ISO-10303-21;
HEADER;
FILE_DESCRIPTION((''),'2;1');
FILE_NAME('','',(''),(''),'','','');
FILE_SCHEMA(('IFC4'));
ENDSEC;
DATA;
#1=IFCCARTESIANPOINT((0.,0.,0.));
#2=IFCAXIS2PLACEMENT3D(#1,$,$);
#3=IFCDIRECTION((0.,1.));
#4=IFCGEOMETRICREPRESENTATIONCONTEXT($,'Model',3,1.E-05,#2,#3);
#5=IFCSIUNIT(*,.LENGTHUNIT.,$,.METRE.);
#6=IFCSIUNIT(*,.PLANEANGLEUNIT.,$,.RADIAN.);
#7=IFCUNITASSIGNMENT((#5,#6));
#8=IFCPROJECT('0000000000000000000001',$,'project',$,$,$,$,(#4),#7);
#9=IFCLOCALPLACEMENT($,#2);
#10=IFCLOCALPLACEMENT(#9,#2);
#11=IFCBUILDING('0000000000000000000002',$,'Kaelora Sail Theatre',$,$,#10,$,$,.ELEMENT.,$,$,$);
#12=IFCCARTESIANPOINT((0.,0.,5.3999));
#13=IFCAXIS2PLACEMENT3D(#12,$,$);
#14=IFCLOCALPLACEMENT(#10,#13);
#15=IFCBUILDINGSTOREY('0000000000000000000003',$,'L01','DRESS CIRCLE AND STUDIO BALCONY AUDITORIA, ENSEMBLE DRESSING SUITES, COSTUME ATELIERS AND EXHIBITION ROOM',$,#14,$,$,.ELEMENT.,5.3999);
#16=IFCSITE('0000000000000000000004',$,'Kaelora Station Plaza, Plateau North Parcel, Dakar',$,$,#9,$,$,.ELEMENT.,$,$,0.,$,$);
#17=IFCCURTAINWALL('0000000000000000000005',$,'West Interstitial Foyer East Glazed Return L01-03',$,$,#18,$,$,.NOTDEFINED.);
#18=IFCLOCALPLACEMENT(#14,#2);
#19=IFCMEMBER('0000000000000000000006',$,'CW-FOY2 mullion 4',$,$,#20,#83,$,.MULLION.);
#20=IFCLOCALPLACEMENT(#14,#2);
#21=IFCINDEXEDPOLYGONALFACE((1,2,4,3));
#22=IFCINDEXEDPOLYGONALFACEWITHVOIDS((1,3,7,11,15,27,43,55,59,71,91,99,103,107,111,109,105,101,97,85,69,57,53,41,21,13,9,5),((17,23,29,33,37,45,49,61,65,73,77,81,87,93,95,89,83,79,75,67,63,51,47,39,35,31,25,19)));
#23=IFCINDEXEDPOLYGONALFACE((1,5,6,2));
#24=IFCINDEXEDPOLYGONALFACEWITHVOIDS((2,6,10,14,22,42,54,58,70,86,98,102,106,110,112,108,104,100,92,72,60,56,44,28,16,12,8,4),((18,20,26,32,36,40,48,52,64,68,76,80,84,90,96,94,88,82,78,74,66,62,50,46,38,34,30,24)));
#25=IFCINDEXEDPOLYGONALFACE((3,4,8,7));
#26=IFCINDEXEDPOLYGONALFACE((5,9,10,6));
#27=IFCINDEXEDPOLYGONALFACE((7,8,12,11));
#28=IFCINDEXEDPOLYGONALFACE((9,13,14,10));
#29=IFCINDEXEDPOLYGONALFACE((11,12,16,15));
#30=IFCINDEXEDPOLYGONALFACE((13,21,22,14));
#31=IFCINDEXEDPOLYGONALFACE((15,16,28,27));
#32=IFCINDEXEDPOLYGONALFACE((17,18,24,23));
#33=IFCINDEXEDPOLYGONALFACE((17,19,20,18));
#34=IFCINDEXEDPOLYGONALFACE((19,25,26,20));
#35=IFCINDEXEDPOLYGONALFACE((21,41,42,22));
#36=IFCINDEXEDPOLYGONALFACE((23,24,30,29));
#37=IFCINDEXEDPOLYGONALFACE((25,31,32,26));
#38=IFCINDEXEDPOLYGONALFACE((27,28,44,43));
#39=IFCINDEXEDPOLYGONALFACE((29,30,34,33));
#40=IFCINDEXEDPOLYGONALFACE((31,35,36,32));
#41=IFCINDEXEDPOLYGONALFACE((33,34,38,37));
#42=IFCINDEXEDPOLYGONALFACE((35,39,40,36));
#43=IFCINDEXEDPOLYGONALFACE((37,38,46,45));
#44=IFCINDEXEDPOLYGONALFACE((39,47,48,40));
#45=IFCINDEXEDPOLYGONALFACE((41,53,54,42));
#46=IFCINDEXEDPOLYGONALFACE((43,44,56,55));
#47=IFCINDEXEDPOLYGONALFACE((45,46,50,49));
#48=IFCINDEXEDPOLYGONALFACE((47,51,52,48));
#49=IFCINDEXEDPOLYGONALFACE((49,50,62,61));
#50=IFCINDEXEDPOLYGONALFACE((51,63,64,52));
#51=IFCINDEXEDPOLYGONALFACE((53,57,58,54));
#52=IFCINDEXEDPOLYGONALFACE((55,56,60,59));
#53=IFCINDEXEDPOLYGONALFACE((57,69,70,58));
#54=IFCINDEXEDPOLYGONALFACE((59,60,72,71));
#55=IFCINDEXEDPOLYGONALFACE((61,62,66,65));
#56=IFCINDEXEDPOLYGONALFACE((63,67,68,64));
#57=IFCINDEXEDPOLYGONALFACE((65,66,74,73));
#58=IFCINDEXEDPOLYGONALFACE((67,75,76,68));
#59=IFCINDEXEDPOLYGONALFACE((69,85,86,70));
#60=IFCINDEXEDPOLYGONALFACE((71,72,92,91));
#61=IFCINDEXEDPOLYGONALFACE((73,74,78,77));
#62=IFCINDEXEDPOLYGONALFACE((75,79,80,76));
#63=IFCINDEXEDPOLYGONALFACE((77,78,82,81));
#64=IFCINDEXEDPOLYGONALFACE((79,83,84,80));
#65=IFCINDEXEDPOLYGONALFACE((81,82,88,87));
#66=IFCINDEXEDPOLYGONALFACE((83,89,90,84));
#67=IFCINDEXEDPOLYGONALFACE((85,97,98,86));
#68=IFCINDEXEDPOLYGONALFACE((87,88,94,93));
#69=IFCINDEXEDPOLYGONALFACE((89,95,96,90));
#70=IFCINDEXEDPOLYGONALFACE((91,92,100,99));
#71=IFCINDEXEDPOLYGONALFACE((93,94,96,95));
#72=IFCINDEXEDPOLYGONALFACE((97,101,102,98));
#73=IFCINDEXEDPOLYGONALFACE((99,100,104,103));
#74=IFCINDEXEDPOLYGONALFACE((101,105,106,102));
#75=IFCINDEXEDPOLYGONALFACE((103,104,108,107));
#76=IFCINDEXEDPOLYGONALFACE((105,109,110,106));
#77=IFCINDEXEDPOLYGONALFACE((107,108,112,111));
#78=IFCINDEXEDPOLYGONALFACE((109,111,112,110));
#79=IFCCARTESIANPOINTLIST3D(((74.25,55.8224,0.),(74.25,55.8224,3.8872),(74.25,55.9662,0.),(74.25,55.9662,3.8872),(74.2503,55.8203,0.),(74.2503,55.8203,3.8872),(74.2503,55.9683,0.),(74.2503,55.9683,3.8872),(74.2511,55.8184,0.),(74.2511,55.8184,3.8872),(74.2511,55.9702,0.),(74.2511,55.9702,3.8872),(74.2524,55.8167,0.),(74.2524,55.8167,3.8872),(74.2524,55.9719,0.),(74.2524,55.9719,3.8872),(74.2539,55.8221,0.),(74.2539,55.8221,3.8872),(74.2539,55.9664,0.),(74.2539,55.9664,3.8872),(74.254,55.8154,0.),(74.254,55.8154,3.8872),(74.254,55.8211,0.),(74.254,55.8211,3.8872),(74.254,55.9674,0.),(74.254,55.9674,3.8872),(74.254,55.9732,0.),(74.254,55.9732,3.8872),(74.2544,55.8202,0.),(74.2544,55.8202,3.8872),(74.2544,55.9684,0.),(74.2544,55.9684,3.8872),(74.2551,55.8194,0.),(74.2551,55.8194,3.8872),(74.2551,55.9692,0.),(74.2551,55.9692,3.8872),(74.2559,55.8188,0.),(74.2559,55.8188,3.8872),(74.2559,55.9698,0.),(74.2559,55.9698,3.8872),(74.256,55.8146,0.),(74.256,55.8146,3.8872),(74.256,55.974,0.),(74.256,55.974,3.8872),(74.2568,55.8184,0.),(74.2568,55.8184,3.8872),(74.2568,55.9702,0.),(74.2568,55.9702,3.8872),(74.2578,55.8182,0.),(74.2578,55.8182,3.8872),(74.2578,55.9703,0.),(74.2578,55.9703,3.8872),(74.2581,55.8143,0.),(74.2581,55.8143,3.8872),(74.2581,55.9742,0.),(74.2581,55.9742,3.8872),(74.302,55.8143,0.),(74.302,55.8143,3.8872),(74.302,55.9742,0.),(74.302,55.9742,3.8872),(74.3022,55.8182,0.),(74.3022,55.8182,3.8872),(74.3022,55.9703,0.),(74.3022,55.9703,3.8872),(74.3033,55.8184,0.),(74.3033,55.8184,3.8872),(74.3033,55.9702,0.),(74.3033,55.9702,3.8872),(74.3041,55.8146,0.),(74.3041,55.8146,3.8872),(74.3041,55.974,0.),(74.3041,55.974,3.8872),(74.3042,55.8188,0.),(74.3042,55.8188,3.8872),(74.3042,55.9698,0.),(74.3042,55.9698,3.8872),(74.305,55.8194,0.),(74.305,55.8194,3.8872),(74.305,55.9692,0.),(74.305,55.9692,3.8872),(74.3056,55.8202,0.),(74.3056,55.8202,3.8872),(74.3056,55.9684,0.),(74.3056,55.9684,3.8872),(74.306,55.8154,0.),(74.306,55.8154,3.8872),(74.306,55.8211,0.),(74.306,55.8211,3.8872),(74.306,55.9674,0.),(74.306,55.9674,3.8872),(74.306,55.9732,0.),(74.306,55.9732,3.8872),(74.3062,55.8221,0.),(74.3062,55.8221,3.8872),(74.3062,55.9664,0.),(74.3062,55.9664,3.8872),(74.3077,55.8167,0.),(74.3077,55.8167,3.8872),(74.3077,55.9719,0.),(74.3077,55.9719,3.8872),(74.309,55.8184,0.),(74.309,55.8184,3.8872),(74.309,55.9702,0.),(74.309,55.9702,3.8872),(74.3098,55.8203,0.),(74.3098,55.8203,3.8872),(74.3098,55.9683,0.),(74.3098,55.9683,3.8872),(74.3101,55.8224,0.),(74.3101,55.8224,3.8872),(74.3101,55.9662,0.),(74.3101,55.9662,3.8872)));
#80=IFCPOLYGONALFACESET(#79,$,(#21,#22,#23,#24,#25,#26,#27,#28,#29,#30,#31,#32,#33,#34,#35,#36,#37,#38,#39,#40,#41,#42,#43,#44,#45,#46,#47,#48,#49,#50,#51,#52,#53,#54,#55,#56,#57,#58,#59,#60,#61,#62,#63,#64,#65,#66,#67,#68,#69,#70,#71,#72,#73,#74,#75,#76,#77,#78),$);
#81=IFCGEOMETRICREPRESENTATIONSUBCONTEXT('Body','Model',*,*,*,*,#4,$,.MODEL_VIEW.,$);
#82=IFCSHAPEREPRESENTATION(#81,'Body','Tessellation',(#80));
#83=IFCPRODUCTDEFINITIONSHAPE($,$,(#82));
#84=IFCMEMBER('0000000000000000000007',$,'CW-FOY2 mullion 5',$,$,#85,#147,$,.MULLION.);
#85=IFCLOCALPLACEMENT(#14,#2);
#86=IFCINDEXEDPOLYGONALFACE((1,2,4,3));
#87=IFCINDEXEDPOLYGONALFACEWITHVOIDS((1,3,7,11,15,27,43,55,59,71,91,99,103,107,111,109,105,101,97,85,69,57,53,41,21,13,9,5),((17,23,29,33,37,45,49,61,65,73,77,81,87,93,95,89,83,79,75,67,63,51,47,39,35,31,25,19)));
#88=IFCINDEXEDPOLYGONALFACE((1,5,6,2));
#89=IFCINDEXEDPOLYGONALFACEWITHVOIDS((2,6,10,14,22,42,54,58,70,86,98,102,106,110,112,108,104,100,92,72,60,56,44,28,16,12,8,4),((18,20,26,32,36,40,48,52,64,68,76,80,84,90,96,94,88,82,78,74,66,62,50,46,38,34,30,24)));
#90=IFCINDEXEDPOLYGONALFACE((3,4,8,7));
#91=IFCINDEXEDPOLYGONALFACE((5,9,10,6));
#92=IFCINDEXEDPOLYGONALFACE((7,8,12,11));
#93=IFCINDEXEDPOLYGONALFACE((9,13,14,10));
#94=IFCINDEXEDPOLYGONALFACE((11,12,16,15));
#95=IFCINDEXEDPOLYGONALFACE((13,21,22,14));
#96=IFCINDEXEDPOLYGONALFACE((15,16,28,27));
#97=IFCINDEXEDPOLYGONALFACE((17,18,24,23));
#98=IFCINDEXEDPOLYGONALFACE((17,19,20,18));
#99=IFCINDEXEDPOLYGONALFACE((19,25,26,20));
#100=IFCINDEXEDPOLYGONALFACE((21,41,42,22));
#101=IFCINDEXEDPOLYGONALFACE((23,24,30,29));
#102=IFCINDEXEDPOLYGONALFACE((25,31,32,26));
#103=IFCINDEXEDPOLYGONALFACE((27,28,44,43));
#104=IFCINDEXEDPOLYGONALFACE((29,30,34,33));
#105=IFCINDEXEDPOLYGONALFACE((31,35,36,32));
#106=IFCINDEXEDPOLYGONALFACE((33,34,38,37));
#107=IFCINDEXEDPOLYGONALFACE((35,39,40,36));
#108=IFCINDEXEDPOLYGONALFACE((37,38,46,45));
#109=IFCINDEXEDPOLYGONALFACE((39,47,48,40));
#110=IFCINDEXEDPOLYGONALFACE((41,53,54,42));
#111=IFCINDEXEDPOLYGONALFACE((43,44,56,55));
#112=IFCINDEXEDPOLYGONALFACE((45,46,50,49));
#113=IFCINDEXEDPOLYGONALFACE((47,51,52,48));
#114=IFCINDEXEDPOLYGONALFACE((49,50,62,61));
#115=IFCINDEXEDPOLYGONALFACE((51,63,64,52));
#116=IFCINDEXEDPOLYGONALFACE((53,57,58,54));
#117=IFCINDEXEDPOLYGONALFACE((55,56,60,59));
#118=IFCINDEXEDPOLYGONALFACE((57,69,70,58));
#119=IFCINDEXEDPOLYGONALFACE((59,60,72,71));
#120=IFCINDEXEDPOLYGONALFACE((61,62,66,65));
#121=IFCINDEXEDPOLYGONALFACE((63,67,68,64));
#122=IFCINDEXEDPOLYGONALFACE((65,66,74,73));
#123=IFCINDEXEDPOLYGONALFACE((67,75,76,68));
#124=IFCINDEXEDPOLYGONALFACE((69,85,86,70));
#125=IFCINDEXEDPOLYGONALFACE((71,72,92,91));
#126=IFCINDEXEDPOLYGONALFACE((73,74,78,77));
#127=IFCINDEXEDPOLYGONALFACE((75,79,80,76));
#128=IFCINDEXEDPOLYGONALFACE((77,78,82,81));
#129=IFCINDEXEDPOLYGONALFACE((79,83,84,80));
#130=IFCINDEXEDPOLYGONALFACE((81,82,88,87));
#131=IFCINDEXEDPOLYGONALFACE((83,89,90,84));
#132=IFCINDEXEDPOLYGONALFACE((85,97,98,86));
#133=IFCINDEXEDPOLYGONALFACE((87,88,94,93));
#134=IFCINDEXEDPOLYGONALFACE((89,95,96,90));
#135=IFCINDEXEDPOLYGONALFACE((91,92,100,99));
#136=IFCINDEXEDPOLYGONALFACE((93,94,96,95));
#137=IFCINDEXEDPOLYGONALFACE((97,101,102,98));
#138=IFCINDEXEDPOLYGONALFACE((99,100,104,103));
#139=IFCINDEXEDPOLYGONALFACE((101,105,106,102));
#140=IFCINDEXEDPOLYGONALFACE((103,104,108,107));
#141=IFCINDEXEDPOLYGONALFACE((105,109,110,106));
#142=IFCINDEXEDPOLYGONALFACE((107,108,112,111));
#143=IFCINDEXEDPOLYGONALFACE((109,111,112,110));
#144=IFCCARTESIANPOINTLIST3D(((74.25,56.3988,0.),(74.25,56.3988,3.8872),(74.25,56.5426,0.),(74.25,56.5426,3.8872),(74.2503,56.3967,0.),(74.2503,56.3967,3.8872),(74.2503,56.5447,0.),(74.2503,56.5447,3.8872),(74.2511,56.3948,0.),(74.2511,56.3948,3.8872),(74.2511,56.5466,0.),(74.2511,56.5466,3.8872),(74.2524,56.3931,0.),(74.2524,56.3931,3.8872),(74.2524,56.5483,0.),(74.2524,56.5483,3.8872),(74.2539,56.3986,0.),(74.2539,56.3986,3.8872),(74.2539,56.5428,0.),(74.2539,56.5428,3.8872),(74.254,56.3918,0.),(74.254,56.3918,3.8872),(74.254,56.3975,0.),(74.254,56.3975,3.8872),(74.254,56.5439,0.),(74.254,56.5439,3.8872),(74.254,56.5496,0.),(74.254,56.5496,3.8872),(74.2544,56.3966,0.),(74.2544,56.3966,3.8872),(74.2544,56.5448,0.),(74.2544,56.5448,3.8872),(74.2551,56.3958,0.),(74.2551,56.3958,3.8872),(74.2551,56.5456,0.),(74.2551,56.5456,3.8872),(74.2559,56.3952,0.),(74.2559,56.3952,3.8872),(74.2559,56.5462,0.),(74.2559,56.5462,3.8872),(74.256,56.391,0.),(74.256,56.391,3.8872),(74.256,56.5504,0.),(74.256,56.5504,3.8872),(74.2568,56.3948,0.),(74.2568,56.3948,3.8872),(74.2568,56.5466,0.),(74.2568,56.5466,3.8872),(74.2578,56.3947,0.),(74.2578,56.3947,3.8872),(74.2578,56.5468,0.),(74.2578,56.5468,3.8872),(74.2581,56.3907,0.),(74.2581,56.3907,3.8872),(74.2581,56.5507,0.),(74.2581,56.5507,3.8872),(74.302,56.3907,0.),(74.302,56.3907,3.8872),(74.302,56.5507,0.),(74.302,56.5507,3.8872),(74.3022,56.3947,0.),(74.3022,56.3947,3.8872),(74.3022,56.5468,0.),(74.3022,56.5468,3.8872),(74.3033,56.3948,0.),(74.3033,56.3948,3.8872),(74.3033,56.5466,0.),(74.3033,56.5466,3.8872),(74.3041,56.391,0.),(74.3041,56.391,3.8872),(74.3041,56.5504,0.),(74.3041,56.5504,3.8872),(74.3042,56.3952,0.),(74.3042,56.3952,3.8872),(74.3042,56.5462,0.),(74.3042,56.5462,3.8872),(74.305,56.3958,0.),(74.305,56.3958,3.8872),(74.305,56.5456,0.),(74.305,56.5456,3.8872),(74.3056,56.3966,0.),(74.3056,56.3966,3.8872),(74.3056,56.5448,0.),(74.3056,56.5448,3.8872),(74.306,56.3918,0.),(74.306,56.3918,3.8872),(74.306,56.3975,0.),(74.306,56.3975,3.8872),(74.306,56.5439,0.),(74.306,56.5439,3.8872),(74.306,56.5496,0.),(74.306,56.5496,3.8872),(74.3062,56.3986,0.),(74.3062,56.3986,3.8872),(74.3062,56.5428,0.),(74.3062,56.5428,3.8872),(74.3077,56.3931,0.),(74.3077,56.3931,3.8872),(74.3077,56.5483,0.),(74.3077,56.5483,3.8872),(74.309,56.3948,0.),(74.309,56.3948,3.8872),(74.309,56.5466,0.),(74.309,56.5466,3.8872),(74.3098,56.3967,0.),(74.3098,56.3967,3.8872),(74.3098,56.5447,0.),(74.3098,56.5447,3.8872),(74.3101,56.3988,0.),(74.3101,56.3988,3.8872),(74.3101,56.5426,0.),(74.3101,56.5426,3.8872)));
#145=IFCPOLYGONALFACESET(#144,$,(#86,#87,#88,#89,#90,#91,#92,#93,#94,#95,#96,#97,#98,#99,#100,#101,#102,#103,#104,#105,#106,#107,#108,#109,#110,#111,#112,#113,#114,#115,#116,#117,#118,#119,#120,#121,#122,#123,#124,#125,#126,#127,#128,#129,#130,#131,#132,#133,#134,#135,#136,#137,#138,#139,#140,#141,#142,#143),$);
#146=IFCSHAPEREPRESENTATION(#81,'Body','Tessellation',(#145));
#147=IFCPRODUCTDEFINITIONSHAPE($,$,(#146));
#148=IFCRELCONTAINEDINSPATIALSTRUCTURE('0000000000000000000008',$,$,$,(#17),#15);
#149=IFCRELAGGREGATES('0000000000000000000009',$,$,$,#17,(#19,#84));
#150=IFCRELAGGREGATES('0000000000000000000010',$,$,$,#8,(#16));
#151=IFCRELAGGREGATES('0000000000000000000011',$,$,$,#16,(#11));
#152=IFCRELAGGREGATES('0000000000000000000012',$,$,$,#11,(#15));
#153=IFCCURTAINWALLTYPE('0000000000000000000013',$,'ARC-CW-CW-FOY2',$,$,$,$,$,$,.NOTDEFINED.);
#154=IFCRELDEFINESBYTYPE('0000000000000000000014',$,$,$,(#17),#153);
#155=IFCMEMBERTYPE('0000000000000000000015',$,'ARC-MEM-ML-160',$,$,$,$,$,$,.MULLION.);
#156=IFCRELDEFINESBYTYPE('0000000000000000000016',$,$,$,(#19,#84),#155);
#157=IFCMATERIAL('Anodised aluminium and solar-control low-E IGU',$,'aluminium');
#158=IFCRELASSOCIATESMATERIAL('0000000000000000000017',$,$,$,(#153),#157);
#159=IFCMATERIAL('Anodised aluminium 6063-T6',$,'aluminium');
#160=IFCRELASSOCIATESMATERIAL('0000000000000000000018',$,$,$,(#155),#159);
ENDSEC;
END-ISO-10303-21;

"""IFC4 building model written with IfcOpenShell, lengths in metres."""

from ifc_helpers import new_model, si_unit, direction, frame, origin, origin_2d, place, context, subcontext, project, spatial, hollow_rectangle, extrude, material, material_profile, profile_set, type_object, element, aggregate, save


model = new_model("IFC4")

# Units and contexts
model_context = context("Model", 3, precision=1e-05, world=origin(), true_north=direction((0.0, 1.0)))
body_context = subcontext(model_context, "Body", "Model", "MODEL_VIEW")
ifc_project = project(units=[si_unit("LENGTHUNIT", "METRE"), si_unit("PLANEANGLEUNIT", "RADIAN")], contexts=[model_context])

# Site, building, storey
site_placement = place(None, origin())
site = spatial("IfcSite", under=ifc_project, at=site_placement, Name="Kaelora Station Plaza, Plateau North Parcel, Dakar", CompositionType="ELEMENT", RefElevation=0.0)
building_placement = place(site_placement, origin())
building = spatial("IfcBuilding", under=site, at=building_placement, Name="Kaelora Sail Theatre", CompositionType="ELEMENT")
storey_placement = place(building_placement, frame((0.0, 0.0, 5.3999)))
storey = spatial("IfcBuildingStorey", under=building, at=storey_placement, Name="L01", Description="DRESS CIRCLE AND STUDIO BALCONY AUDITORIA, ENSEMBLE DRESSING SUITES, COSTUME ATELIERS AND EXHIBITION ROOM", CompositionType="ELEMENT", Elevation=5.3999)

# Curtain wall, members
ifc_material_1 = material(Name="Anodised aluminium and solar-control low-E IGU", Category="aluminium")
curtain_wall_type = type_object("IfcCurtainWallType", Name="ARC-CW-CW-FOY2", PredefinedType="NOTDEFINED", material=ifc_material_1)
curtain_wall_placement = place(storey_placement, origin())
curtain_wall = element("IfcCurtainWall", 1, at=curtain_wall_placement, inside=storey, type_object=curtain_wall_type, Name="West Interstitial Foyer East Glazed Return L01-03", PredefinedType="NOTDEFINED")
ifc_material_2 = material(Name="Anodised aluminium 6063-T6", Category="aluminium")
ifc_material_profile_1 = material_profile(ifc_material_2, hollow_rectangle(XDim=0.0601, YDim=0.1599, WallThickness=0.0039, InnerFilletRadius=0.0039, OuterFilletRadius=0.0081, at=origin_2d()), Name="ALU-MULL 60x160x4")
ifc_profile_set_1 = profile_set([ifc_material_profile_1], Name="Anodised aluminium 6063-T6")
member_type_1 = type_object("IfcMemberType", Name="ARC-MEM-ML-160", PredefinedType="MULLION", material=ifc_profile_set_1)
member_1_placement = place(storey_placement, frame((74.28, 55.8943, 0.0), z_axis=(0.0, 0.0, 1.0), x_axis=(-1.0, 0.0, 0.0)))
member_1 = element("IfcMember", 2, at=member_1_placement, type_object=member_type_1, Name="CW-FOY2 mullion 4", PredefinedType="MULLION", context=body_context, shape_type="SweptSolid", body=[
    extrude(hollow_rectangle(XDim=0.0601, YDim=0.1599, WallThickness=0.0039, InnerFilletRadius=0.0039, OuterFilletRadius=0.0081, at=origin_2d()), origin(), (0.0, 0.0, 1.0), 3.8872),
])
member_2_placement = place(storey_placement, frame((74.28, 56.4707, 0.0), z_axis=(0.0, 0.0, 1.0), x_axis=(-1.0, 0.0, 0.0)))
member_2 = element("IfcMember", 3, at=member_2_placement, type_object=member_type_1, Name="CW-FOY2 mullion 5", PredefinedType="MULLION", context=body_context, shape_type="SweptSolid", body=[
    extrude(hollow_rectangle(XDim=0.0601, YDim=0.1599, WallThickness=0.0039, InnerFilletRadius=0.0039, OuterFilletRadius=0.0081, at=origin_2d()), origin(), (0.0, 0.0, 1.0), 3.8872),
])
aggregate(curtain_wall, [member_1, member_2])

save(model, "model.ifc")
